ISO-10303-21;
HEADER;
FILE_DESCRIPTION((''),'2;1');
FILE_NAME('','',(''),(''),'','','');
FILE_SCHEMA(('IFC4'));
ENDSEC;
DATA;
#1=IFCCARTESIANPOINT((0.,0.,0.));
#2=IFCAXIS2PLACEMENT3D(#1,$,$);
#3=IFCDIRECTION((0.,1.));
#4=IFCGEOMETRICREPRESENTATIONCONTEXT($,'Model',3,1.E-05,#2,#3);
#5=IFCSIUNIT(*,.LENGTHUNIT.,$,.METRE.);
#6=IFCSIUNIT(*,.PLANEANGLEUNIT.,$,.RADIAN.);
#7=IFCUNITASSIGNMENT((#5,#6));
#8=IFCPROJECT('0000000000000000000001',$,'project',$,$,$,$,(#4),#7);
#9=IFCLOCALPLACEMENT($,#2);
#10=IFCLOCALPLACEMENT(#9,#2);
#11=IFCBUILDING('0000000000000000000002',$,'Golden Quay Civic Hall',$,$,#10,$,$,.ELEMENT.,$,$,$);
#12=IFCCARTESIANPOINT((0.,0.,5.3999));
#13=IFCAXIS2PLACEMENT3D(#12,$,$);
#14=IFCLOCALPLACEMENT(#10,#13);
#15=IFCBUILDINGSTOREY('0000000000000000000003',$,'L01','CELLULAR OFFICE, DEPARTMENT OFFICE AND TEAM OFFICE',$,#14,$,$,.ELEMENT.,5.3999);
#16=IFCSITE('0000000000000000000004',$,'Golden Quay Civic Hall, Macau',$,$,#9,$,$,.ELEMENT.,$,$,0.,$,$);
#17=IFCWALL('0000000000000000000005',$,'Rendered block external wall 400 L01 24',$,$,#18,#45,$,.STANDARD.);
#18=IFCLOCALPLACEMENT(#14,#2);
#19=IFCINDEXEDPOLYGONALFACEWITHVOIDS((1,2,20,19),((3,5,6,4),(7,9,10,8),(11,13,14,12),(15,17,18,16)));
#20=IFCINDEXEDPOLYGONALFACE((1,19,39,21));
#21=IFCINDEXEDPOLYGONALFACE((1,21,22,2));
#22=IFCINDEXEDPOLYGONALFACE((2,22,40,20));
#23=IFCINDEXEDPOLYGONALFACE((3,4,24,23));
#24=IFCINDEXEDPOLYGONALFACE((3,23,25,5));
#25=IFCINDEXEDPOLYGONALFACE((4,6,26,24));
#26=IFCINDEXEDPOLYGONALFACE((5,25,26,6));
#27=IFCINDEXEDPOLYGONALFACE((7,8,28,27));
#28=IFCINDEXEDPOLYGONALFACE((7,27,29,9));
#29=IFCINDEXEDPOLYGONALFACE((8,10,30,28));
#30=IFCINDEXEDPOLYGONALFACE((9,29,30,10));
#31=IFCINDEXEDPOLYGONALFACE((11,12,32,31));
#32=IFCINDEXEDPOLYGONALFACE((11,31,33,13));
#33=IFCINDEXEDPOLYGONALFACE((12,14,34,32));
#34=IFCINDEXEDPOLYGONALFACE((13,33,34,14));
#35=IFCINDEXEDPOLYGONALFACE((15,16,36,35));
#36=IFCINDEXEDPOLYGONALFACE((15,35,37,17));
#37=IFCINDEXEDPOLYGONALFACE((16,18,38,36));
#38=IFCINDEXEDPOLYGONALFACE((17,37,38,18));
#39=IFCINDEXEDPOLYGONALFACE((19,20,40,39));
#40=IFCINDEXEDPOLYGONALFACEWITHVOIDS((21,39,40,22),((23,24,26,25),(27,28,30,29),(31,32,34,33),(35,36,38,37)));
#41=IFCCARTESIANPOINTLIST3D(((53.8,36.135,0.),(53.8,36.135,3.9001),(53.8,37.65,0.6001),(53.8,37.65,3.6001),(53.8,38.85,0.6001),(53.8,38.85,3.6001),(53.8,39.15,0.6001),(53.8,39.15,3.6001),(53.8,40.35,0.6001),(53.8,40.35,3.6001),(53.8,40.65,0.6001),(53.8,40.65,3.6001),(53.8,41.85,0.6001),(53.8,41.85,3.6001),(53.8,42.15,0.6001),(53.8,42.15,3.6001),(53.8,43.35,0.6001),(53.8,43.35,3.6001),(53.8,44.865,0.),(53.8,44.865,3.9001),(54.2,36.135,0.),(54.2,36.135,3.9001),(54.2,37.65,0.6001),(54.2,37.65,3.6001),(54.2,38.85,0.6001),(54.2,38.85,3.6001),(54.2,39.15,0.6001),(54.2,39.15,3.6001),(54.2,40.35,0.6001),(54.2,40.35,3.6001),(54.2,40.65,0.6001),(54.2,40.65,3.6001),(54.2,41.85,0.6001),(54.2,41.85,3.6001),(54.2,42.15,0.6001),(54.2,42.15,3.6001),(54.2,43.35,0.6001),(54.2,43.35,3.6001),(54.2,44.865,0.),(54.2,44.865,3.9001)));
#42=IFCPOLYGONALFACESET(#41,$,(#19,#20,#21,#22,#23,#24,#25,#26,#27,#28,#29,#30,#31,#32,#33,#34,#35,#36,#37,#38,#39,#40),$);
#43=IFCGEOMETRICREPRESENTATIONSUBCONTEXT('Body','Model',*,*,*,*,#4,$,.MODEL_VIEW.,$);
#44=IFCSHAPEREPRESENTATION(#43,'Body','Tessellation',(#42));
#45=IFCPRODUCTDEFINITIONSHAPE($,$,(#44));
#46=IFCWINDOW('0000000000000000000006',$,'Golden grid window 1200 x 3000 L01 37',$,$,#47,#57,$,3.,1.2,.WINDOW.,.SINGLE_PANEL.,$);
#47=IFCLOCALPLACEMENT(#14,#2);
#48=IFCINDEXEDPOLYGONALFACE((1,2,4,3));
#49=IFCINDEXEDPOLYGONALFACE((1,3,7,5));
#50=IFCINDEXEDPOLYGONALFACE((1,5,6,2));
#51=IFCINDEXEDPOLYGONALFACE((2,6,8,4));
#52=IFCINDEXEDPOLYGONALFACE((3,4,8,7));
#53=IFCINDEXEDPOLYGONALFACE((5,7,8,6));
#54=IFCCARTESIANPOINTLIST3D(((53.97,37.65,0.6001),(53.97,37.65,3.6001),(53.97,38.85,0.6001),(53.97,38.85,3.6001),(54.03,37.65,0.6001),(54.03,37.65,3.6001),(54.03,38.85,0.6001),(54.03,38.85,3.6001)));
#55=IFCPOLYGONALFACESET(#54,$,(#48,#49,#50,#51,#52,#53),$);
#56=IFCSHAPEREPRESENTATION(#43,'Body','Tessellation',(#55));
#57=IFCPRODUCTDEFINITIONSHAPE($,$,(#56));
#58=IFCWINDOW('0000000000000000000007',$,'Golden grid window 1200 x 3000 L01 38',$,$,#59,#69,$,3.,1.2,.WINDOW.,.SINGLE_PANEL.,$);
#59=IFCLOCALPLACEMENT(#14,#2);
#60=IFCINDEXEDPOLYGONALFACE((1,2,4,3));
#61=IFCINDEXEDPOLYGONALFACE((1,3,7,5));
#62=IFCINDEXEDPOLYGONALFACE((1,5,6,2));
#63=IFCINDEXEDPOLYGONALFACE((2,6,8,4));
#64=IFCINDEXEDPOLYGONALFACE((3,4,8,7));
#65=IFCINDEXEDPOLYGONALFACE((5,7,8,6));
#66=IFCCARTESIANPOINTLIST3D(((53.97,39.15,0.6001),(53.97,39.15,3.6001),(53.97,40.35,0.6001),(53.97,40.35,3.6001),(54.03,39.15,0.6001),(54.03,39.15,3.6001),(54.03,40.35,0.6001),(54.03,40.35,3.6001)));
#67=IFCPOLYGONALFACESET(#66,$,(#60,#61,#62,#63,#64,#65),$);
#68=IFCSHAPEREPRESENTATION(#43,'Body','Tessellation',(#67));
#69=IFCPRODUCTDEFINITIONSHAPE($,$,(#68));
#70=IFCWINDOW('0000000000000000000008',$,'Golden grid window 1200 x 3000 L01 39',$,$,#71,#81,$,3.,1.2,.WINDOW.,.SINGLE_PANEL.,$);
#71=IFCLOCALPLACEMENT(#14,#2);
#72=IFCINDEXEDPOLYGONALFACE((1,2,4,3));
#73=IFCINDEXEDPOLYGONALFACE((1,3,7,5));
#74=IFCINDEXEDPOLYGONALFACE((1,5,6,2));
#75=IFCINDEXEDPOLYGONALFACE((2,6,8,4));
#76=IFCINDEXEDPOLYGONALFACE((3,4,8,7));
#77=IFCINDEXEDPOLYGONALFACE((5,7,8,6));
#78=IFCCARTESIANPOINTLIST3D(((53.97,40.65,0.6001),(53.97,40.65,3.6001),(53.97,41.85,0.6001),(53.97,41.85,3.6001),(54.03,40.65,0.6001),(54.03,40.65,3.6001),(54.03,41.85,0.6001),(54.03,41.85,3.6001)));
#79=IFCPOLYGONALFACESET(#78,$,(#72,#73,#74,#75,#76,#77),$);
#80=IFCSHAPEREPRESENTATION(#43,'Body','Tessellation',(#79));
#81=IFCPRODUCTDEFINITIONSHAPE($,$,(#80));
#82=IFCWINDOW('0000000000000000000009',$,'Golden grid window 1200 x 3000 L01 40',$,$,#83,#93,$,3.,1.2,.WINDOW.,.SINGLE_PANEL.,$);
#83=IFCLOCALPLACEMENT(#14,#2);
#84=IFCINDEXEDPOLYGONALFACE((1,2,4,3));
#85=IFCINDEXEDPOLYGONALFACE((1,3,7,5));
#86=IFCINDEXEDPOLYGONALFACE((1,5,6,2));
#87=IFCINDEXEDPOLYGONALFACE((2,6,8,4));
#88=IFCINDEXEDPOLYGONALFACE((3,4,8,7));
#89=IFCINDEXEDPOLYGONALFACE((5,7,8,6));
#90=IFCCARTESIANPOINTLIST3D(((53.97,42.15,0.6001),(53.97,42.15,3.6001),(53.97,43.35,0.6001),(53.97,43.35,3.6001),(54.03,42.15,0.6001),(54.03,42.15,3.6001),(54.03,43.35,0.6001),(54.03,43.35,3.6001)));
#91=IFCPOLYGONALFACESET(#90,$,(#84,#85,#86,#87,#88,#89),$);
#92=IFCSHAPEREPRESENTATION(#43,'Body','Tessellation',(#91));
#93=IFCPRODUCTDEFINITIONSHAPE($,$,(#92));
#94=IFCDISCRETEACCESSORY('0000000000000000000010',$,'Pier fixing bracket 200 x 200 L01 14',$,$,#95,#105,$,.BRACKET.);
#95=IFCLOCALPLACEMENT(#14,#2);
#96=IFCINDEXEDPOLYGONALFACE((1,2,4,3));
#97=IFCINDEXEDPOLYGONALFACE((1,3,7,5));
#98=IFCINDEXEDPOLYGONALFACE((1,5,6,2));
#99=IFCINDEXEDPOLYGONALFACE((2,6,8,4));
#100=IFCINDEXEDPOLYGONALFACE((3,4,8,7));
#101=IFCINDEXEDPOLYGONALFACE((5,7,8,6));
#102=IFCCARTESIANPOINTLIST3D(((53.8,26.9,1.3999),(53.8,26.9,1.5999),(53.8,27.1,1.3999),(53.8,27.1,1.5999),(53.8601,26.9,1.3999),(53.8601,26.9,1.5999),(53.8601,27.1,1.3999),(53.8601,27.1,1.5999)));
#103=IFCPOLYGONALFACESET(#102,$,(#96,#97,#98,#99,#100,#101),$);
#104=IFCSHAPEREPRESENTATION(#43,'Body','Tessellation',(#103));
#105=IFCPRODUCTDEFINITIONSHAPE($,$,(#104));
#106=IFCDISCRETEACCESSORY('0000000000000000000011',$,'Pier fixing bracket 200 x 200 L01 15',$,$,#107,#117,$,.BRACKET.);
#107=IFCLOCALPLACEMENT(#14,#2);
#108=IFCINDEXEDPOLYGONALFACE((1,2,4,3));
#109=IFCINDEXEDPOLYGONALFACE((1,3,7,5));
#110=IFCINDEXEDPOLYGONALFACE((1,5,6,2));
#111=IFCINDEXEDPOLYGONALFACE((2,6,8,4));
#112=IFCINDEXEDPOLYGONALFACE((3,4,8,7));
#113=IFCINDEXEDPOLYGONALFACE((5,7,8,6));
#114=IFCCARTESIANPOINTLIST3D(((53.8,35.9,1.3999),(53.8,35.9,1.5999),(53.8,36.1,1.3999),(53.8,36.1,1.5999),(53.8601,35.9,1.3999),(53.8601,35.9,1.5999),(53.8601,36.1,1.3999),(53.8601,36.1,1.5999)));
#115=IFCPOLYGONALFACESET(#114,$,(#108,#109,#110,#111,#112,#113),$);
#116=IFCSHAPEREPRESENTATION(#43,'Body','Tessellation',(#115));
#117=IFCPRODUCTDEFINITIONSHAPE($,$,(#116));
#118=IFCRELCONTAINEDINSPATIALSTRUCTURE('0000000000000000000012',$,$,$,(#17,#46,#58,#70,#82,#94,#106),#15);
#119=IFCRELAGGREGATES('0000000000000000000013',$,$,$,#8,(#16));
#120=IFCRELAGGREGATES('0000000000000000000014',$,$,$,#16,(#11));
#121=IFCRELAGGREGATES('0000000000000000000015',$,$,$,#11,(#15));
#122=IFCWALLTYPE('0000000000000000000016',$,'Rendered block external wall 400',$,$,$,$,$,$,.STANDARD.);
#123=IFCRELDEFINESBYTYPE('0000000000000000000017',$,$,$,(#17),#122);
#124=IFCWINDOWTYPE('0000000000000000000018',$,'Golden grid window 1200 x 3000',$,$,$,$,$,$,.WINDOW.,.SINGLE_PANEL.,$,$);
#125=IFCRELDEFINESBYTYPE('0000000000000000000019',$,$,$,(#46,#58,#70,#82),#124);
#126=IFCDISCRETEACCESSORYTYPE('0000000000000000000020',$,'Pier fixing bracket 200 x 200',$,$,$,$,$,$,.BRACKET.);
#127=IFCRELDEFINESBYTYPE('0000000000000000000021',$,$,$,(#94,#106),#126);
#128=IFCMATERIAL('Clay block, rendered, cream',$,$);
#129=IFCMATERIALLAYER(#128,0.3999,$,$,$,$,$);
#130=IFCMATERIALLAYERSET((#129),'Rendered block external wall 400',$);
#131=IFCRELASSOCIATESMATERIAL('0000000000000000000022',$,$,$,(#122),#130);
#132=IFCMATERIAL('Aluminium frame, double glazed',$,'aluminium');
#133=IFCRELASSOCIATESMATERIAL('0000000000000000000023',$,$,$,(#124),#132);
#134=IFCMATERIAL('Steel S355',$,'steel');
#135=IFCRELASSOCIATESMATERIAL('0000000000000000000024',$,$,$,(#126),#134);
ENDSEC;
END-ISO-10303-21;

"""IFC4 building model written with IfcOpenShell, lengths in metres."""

from ifc_helpers import new_model, si_unit, direction, frame, frame_2d, origin, origin_2d, place, context, subcontext, project, spatial, rectangle, extrude, material, layer, layer_set, type_object, element, fill, save


model = new_model("IFC4")

# Units and contexts
model_context = context("Model", 3, precision=1e-05, world=origin(), true_north=direction((0.0, 1.0)))
body_context = subcontext(model_context, "Body", "Model", "MODEL_VIEW")
ifc_project = project(units=[si_unit("LENGTHUNIT", "METRE"), si_unit("PLANEANGLEUNIT", "RADIAN")], contexts=[model_context])

# Site, building, storey
site_placement = place(None, origin())
site = spatial("IfcSite", under=ifc_project, at=site_placement, Name="Golden Quay Civic Hall, Macau", CompositionType="ELEMENT", RefElevation=0.0)
building_placement = place(site_placement, origin())
building = spatial("IfcBuilding", under=site, at=building_placement, Name="Golden Quay Civic Hall", CompositionType="ELEMENT")
storey_placement = place(building_placement, frame((0.0, 0.0, 5.3999)))
storey = spatial("IfcBuildingStorey", under=building, at=storey_placement, Name="L01", Description="CELLULAR OFFICE, DEPARTMENT OFFICE AND TEAM OFFICE", CompositionType="ELEMENT", Elevation=5.3999)

# Wall, openings, windows
ifc_material_1 = material(Name="Clay block, rendered, cream")
ifc_layer_1 = layer(ifc_material_1, 0.3999)
ifc_layer_set_1 = layer_set([ifc_layer_1], Name="Rendered block external wall 400")
wall_type_1 = type_object("IfcWallType", Name="Rendered block external wall 400", PredefinedType="STANDARD", material=ifc_layer_set_1)
ifc_material_2 = material(Name="Aluminium frame, double glazed", Category="aluminium")
window_type = type_object("IfcWindowType", Name="Golden grid window 1200 x 3000", PartitioningType="SINGLE_PANEL", PredefinedType="WINDOW", material=ifc_material_2)
wall_1_placement = place(storey_placement, frame((54.0, 36.135, 0.0), z_axis=(0.0, 0.0, 1.0), x_axis=(0.0, 1.0, 0.0)))
wall_1 = element("IfcWall", 1, at=wall_1_placement, inside=storey, type_object=wall_type_1, Name="Rendered block external wall 400 L01 24", PredefinedType="STANDARD", context=body_context, shape_type="SweptSolid", body=[
    extrude(rectangle(XDim=8.73, YDim=0.3999, at=frame_2d((4.365, 0.0))), origin(), (0.0, 0.0, 1.0), 3.9001),
])
opening_1_placement = place(wall_1_placement, frame((1.5149, 0.0, 0.6001)))
opening_1 = element("IfcOpeningElement", 2, at=opening_1_placement, cuts=wall_1, PredefinedType="OPENING", context=body_context, shape_type="SweptSolid", body=[
    extrude(rectangle(XDim=1.2, YDim=3.0, at=frame_2d((0.6001, 1.5))), frame((0.0, 0.21, 0.0), z_axis=(0.0, -1.0, 0.0), x_axis=(1.0, 0.0, 0.0)), (0.0, 0.0, 1.0), 0.4199),
])
opening_2_placement = place(wall_1_placement, frame((3.0149, 0.0, 0.6001)))
opening_2 = element("IfcOpeningElement", 3, at=opening_2_placement, cuts=wall_1, PredefinedType="OPENING", context=body_context, shape_type="SweptSolid", body=[
    extrude(rectangle(XDim=1.2, YDim=3.0, at=frame_2d((0.6001, 1.5))), frame((0.0, 0.21, 0.0), z_axis=(0.0, -1.0, 0.0), x_axis=(1.0, 0.0, 0.0)), (0.0, 0.0, 1.0), 0.4199),
])
opening_3_placement = place(wall_1_placement, frame((4.5149, 0.0, 0.6001)))
opening_3 = element("IfcOpeningElement", 4, at=opening_3_placement, cuts=wall_1, PredefinedType="OPENING", context=body_context, shape_type="SweptSolid", body=[
    extrude(rectangle(XDim=1.2, YDim=3.0, at=frame_2d((0.6001, 1.5))), frame((0.0, 0.21, 0.0), z_axis=(0.0, -1.0, 0.0), x_axis=(1.0, 0.0, 0.0)), (0.0, 0.0, 1.0), 0.4199),
])
opening_4_placement = place(wall_1_placement, frame((6.0149, 0.0, 0.6001)))
opening_4 = element("IfcOpeningElement", 5, at=opening_4_placement, cuts=wall_1, PredefinedType="OPENING", context=body_context, shape_type="SweptSolid", body=[
    extrude(rectangle(XDim=1.2, YDim=3.0, at=frame_2d((0.6001, 1.5))), frame((0.0, 0.21, 0.0), z_axis=(0.0, -1.0, 0.0), x_axis=(1.0, 0.0, 0.0)), (0.0, 0.0, 1.0), 0.4199),
])
window_1_placement = place(opening_1_placement, origin())
window_1 = element("IfcWindow", 6, at=window_1_placement, inside=storey, type_object=window_type, Name="Golden grid window 1200 x 3000 L01 37", OverallHeight=3.0, OverallWidth=1.2, PartitioningType="SINGLE_PANEL", PredefinedType="WINDOW", context=body_context, shape_type="SweptSolid", body=[
    extrude(rectangle(XDim=1.2, YDim=3.0, at=frame_2d((0.6001, 1.5))), frame((0.0, 0.03, 0.0), z_axis=(0.0, -1.0, 0.0), x_axis=(1.0, 0.0, 0.0)), (0.0, 0.0, 1.0), 0.0601),
])
fill(opening_1, window_1)
window_2_placement = place(opening_2_placement, origin())
window_2 = element("IfcWindow", 7, at=window_2_placement, inside=storey, type_object=window_type, Name="Golden grid window 1200 x 3000 L01 38", OverallHeight=3.0, OverallWidth=1.2, PartitioningType="SINGLE_PANEL", PredefinedType="WINDOW", context=body_context, shape_type="SweptSolid", body=[
    extrude(rectangle(XDim=1.2, YDim=3.0, at=frame_2d((0.6001, 1.5))), frame((0.0, 0.03, 0.0), z_axis=(0.0, -1.0, 0.0), x_axis=(1.0, 0.0, 0.0)), (0.0, 0.0, 1.0), 0.0601),
])
fill(opening_2, window_2)
window_3_placement = place(opening_3_placement, origin())
window_3 = element("IfcWindow", 8, at=window_3_placement, inside=storey, type_object=window_type, Name="Golden grid window 1200 x 3000 L01 39", OverallHeight=3.0, OverallWidth=1.2, PartitioningType="SINGLE_PANEL", PredefinedType="WINDOW", context=body_context, shape_type="SweptSolid", body=[
    extrude(rectangle(XDim=1.2, YDim=3.0, at=frame_2d((0.6001, 1.5))), frame((0.0, 0.03, 0.0), z_axis=(0.0, -1.0, 0.0), x_axis=(1.0, 0.0, 0.0)), (0.0, 0.0, 1.0), 0.0601),
])
fill(opening_3, window_3)
window_4_placement = place(opening_4_placement, origin())
window_4 = element("IfcWindow", 9, at=window_4_placement, inside=storey, type_object=window_type, Name="Golden grid window 1200 x 3000 L01 40", OverallHeight=3.0, OverallWidth=1.2, PartitioningType="SINGLE_PANEL", PredefinedType="WINDOW", context=body_context, shape_type="SweptSolid", body=[
    extrude(rectangle(XDim=1.2, YDim=3.0, at=frame_2d((0.6001, 1.5))), frame((0.0, 0.03, 0.0), z_axis=(0.0, -1.0, 0.0), x_axis=(1.0, 0.0, 0.0)), (0.0, 0.0, 1.0), 0.0601),
])
fill(opening_4, window_4)

# Discrete accessories
ifc_material_3 = material(Name="Steel S355", Category="steel")
discrete_accessory_type = type_object("IfcDiscreteAccessoryType", Name="Pier fixing bracket 200 x 200", PredefinedType="BRACKET", material=ifc_material_3)
for number, where, z_axis, x_axis, name in (
    (10, (53.8301, 27.0, 1.3999), (0.0, 0.0, 1.0), (0.0, -1.0, 0.0), "Pier fixing bracket 200 x 200 L01 14"),
    (11, (53.8301, 36.0, 1.3999), (0.0, 0.0, 1.0), (0.0, -1.0, 0.0), "Pier fixing bracket 200 x 200 L01 15"),
):
    element("IfcDiscreteAccessory", number, at=place(storey_placement, frame(where, z_axis=z_axis, x_axis=x_axis)), inside=storey, type_object=discrete_accessory_type, Name=name, PredefinedType="BRACKET", context=body_context, shape_type="SweptSolid", body=[
        extrude(rectangle(XDim=0.2, YDim=0.0601, at=origin_2d()), origin(), (0.0, 0.0, 1.0), 0.2),
    ])

save(model, "model.ifc")
